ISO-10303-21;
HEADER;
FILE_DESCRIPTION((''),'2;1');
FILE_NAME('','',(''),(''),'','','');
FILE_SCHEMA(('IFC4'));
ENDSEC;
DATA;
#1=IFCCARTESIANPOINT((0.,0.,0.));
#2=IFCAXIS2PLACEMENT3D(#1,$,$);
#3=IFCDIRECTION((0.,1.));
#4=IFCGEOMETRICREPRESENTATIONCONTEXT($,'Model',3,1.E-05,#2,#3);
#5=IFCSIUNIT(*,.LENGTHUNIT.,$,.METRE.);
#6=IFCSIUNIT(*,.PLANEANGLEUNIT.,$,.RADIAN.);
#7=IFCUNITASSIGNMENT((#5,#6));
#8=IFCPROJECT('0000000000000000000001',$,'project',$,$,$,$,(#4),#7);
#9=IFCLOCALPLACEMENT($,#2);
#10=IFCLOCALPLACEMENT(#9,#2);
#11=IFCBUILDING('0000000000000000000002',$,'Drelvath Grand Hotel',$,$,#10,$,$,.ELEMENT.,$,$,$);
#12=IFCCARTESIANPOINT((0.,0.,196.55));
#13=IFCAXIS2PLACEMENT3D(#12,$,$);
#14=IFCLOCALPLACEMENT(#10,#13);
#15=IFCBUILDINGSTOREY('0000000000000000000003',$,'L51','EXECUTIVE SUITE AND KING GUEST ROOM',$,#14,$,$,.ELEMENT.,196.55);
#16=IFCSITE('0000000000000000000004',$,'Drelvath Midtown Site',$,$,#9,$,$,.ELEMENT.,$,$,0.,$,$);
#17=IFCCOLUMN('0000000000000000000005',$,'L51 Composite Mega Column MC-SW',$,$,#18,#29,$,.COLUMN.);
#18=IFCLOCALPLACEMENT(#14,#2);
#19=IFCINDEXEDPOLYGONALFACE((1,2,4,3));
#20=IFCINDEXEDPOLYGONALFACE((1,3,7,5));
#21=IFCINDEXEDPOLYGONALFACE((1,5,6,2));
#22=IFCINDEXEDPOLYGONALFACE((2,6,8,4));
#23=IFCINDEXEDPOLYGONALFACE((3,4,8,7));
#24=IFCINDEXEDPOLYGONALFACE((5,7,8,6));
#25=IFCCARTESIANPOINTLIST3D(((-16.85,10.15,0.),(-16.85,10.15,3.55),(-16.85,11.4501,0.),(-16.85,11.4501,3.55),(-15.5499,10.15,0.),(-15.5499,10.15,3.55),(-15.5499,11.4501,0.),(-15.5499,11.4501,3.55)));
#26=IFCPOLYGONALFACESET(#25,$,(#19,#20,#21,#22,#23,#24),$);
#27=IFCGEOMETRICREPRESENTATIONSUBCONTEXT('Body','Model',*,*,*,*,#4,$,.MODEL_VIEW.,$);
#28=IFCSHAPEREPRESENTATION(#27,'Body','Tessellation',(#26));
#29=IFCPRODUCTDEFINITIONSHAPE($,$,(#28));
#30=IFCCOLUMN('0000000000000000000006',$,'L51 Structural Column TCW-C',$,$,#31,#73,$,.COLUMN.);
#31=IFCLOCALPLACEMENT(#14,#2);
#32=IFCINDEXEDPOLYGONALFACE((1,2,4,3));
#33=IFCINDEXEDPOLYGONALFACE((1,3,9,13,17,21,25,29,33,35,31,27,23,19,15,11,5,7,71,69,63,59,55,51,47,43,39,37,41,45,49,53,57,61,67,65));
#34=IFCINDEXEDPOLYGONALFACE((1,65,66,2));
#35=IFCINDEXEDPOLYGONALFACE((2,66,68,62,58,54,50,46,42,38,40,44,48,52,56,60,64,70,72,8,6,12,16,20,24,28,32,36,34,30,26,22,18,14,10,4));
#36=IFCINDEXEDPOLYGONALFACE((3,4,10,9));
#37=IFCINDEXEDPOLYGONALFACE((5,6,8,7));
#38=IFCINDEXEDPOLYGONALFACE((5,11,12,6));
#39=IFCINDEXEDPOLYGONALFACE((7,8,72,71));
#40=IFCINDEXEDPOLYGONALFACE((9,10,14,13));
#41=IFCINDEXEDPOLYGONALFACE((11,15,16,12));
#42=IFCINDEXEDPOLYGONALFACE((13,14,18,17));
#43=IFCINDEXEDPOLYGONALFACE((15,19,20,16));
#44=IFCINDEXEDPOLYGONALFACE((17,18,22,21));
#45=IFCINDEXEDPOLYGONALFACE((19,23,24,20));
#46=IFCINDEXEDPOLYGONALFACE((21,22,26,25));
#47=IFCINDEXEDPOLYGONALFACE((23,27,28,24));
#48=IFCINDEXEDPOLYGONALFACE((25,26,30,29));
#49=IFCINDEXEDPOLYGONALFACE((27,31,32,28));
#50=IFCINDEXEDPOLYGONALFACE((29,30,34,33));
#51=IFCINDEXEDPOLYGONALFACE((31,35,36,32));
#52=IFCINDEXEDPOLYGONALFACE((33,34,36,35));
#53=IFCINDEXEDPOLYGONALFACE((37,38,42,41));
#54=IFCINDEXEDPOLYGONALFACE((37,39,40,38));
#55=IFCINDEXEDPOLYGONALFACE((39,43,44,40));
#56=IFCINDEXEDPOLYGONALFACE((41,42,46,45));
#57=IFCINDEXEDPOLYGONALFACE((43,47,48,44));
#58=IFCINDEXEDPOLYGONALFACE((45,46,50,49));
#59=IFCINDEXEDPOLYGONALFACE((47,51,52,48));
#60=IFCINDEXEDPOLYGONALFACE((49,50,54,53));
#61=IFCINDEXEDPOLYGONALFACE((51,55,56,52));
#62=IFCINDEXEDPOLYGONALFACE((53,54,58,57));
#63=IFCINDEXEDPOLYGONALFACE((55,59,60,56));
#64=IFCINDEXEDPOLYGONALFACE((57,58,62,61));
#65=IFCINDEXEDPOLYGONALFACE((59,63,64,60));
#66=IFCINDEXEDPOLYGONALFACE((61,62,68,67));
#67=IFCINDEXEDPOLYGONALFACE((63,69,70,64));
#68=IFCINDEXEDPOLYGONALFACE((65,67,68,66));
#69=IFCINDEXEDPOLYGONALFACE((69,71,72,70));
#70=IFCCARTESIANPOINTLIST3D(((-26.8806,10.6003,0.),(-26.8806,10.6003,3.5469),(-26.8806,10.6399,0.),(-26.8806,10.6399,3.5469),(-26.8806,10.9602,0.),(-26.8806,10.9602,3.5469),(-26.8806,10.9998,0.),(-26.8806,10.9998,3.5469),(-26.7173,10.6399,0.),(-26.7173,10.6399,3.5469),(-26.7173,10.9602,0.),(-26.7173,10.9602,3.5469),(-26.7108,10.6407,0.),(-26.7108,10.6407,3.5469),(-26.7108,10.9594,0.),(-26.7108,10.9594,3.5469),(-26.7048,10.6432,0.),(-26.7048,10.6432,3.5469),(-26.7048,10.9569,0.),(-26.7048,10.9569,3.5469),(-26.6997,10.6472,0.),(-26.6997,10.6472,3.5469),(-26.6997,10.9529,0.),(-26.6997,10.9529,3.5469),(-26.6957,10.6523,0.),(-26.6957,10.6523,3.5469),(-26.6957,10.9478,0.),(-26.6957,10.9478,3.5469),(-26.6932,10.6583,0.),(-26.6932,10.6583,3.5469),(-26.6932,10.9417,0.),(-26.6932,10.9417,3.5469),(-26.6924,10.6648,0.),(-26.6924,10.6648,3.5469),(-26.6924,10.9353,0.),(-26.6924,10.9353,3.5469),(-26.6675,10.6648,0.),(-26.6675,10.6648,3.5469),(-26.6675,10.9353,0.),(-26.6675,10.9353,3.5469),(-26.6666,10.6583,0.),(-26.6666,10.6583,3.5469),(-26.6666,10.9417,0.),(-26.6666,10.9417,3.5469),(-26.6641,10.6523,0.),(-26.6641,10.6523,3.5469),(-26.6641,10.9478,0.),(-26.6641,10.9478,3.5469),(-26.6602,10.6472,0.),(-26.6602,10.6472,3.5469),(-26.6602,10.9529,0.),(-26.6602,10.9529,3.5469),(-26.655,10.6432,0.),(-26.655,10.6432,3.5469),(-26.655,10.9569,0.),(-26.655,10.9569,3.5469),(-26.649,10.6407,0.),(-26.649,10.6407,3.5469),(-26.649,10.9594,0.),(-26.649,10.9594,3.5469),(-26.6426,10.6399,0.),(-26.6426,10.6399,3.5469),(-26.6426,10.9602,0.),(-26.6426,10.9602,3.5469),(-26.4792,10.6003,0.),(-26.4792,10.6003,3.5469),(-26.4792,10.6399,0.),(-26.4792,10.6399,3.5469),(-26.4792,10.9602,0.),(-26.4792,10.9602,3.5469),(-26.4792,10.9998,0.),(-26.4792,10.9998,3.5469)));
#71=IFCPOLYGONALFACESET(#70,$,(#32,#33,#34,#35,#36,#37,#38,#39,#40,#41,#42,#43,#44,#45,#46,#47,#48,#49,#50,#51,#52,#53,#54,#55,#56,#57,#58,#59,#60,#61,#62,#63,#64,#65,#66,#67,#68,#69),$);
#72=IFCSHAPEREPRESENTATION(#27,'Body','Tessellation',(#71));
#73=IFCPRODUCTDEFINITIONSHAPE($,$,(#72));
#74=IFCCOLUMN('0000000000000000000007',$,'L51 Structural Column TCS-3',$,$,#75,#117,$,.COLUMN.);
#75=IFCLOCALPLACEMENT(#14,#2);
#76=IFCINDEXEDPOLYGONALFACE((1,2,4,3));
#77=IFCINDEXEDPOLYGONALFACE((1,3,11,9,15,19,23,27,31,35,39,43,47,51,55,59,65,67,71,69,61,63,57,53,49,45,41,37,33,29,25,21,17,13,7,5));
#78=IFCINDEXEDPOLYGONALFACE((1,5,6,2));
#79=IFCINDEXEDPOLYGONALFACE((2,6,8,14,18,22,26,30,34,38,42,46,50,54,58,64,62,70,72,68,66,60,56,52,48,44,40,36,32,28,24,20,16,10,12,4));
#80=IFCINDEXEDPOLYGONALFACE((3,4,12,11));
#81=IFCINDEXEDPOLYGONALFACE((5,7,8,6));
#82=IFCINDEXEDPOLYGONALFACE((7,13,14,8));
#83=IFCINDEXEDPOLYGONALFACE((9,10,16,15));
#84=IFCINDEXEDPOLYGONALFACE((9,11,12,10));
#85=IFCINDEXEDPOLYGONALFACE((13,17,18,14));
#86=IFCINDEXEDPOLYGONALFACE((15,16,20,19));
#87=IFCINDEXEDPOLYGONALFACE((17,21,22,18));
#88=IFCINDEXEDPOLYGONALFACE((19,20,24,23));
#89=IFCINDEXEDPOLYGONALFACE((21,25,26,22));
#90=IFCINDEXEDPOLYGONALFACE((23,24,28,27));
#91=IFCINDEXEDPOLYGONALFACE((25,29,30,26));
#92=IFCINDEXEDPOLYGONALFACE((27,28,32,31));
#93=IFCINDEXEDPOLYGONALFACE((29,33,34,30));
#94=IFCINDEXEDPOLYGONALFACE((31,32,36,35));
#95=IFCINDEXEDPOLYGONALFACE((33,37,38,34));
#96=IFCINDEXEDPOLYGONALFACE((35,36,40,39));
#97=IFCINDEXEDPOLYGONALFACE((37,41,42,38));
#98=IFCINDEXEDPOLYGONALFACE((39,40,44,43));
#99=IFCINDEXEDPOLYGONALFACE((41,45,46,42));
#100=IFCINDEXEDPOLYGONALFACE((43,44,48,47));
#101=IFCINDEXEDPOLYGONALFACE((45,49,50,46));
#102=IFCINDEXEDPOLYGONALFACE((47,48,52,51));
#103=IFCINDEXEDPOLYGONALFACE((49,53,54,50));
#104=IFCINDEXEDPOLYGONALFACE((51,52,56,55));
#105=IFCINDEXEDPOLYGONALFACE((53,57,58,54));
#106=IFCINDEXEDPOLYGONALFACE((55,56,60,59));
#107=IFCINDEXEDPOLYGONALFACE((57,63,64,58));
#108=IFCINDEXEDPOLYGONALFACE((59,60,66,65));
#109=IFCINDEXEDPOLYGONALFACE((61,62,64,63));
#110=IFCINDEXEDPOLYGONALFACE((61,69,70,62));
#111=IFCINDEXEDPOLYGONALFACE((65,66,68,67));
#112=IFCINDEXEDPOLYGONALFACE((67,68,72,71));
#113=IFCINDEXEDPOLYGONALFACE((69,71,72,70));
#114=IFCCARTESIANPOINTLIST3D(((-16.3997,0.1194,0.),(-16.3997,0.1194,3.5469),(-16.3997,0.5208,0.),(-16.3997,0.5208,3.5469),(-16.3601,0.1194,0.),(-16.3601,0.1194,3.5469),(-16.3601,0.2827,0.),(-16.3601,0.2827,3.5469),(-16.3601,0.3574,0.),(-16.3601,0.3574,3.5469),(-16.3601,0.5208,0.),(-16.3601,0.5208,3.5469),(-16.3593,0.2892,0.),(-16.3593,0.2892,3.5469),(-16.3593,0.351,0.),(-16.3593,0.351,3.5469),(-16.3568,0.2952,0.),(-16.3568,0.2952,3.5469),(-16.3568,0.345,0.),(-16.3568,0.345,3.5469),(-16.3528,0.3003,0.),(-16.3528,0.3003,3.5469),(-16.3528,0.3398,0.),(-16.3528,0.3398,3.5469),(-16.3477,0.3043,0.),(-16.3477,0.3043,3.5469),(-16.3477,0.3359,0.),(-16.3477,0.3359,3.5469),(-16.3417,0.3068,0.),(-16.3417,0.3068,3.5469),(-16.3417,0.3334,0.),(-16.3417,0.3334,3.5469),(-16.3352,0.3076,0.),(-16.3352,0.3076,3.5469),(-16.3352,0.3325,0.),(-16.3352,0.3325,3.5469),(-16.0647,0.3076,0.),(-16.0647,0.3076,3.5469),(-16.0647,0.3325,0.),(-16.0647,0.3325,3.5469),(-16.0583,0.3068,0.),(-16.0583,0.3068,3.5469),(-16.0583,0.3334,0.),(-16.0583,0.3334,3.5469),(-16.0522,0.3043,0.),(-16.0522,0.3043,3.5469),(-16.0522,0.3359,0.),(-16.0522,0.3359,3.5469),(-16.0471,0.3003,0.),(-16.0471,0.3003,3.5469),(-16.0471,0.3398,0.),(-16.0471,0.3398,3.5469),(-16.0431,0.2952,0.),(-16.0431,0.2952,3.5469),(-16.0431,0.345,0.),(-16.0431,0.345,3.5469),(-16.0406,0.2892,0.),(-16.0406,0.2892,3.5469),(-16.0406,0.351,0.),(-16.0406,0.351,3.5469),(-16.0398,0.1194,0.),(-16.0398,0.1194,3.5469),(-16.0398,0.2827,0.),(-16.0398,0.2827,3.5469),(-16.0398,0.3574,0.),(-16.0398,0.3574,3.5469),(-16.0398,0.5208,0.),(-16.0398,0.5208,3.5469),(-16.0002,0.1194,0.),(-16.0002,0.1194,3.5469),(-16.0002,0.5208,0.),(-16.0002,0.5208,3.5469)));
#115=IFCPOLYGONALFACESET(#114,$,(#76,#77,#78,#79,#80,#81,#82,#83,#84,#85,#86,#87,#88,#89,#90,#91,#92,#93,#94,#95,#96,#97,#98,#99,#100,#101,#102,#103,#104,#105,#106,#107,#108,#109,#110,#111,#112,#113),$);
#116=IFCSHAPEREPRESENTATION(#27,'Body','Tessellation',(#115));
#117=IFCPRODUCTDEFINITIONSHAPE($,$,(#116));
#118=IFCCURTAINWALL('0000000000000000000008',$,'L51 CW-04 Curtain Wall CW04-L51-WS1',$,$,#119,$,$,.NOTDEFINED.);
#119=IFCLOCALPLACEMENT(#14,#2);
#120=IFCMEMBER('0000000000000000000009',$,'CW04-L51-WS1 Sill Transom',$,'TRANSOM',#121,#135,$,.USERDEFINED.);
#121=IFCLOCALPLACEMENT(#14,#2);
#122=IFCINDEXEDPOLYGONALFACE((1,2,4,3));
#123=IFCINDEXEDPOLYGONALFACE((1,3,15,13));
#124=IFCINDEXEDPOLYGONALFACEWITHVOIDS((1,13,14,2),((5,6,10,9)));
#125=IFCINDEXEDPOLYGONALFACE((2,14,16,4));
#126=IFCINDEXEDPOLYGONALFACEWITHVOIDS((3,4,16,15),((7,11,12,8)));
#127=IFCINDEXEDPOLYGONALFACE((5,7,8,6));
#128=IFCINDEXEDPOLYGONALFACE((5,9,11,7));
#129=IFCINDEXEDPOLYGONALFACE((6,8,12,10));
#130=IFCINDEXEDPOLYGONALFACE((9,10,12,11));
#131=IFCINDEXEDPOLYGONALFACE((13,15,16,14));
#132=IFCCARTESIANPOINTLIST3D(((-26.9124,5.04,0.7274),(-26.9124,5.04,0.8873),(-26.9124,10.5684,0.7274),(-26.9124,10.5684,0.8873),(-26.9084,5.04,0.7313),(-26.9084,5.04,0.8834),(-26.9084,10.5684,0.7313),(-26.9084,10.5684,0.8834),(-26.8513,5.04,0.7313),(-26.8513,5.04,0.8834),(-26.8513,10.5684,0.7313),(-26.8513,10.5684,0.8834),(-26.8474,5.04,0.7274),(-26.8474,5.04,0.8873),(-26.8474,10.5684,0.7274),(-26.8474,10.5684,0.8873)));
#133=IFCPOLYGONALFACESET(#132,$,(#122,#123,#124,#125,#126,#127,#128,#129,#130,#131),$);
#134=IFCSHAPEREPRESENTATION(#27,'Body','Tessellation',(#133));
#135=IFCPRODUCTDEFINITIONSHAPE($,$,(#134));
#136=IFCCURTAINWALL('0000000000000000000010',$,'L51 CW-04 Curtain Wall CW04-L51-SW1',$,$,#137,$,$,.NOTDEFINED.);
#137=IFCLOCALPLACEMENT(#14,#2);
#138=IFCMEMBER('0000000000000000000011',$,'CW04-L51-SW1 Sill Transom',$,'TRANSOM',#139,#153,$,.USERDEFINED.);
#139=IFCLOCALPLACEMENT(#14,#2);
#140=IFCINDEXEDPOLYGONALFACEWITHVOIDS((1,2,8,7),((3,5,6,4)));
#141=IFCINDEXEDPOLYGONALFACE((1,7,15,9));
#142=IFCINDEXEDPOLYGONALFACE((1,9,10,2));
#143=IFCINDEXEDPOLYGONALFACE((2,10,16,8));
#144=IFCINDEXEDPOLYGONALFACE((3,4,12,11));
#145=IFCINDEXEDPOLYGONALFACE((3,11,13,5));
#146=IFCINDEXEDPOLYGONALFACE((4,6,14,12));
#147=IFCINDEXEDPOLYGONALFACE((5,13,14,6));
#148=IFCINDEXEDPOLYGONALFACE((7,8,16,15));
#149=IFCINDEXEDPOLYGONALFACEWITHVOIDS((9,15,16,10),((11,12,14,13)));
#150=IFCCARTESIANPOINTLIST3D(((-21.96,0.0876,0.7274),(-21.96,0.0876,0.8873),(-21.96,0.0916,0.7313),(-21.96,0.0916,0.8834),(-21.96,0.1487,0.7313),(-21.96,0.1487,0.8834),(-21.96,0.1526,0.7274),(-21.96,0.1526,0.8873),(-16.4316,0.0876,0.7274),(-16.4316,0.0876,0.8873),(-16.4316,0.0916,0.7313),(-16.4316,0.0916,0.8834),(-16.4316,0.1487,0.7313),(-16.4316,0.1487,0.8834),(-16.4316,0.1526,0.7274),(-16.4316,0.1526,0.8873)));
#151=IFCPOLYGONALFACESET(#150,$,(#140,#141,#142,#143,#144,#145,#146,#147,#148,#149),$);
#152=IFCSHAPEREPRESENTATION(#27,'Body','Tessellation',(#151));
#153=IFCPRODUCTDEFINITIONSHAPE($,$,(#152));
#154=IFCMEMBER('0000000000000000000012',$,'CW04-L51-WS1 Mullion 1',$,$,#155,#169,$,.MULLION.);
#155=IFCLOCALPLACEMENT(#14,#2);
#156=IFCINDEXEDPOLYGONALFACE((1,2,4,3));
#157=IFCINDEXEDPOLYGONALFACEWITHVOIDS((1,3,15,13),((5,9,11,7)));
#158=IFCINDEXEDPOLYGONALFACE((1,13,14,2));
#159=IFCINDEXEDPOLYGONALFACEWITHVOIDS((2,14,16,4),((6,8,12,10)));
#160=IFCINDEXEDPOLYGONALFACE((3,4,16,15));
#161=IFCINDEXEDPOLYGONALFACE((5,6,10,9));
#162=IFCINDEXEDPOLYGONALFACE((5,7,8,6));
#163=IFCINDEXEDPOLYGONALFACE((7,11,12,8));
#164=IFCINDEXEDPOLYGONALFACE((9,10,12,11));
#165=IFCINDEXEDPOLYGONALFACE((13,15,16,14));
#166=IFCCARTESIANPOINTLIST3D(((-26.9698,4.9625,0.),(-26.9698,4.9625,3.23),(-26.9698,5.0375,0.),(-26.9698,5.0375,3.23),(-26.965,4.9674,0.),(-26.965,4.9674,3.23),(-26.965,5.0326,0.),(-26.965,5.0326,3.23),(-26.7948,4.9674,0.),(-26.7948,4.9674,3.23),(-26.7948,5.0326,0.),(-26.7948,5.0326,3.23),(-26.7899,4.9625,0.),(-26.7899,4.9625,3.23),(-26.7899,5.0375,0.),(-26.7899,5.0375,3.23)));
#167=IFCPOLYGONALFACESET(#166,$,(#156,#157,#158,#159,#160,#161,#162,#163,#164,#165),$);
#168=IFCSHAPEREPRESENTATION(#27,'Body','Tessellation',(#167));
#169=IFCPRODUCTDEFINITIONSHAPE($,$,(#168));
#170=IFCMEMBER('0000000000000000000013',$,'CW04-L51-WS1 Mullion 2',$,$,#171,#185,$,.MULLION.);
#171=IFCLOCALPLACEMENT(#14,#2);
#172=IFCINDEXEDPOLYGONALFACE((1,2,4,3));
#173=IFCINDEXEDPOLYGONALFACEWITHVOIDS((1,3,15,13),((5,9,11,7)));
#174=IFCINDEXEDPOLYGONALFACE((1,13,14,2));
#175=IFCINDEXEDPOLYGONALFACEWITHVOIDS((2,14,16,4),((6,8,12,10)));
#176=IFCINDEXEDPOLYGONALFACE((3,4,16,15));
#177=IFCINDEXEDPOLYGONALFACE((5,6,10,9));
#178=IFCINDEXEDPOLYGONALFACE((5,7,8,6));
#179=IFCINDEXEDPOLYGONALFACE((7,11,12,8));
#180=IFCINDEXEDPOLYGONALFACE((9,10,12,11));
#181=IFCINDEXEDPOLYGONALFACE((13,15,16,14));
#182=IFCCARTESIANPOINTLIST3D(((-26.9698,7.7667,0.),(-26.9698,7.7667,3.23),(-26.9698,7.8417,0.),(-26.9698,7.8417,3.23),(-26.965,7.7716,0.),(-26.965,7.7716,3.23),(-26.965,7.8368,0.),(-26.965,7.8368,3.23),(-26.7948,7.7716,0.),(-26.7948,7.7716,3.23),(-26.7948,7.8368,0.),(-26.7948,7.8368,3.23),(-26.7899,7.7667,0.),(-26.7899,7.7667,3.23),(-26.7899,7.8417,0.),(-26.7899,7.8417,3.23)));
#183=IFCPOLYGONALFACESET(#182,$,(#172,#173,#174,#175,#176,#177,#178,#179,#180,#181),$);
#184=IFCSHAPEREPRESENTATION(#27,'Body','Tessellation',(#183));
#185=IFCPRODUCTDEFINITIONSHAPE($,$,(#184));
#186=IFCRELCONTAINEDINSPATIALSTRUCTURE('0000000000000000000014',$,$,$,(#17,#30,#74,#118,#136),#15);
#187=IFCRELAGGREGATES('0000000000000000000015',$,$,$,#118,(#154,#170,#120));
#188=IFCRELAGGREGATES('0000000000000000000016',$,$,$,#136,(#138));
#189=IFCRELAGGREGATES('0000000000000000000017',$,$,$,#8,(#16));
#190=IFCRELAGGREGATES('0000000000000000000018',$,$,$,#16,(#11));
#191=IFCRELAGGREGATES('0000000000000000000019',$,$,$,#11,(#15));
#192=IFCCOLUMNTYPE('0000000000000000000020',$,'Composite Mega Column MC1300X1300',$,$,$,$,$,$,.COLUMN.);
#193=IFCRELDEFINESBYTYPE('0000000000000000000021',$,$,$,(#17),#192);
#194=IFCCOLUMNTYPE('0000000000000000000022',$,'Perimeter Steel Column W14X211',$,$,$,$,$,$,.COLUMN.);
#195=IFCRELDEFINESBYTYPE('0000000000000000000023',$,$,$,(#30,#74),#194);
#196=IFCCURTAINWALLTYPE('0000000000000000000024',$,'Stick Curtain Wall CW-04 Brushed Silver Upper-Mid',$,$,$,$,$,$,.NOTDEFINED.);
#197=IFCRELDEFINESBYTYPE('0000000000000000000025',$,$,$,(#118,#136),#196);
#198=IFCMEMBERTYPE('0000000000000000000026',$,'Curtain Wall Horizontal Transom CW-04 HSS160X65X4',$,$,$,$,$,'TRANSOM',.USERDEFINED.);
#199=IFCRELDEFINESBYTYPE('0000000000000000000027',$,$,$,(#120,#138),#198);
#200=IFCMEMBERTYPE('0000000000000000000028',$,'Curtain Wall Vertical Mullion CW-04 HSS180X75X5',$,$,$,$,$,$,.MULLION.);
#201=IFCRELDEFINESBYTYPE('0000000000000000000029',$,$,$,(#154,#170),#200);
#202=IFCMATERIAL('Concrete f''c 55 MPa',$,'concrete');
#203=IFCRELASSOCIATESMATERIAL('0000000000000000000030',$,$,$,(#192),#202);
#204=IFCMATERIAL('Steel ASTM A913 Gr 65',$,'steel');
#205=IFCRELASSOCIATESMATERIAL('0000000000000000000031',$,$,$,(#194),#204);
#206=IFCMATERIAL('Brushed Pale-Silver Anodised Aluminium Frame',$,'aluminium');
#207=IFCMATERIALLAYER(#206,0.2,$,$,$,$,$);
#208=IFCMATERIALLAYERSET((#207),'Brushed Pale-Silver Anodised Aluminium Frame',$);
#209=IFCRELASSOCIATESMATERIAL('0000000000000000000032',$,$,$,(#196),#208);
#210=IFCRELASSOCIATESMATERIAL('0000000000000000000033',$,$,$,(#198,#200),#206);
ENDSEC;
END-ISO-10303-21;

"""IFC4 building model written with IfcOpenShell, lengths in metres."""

from ifc_helpers import new_model, si_unit, direction, frame, origin, origin_2d, place, context, subcontext, project, spatial, rectangle, hollow_rectangle, i_section, extrude, material, layer, layer_set, material_profile, profile_set, type_object, element, aggregate, save


model = new_model("IFC4")

# Units and contexts
model_context = context("Model", 3, precision=1e-05, world=origin(), true_north=direction((0.0, 1.0)))
body_context = subcontext(model_context, "Body", "Model", "MODEL_VIEW")
ifc_project = project(units=[si_unit("LENGTHUNIT", "METRE"), si_unit("PLANEANGLEUNIT", "RADIAN")], contexts=[model_context])

# Site, building, storey
site_placement = place(None, origin())
site = spatial("IfcSite", under=ifc_project, at=site_placement, Name="Drelvath Midtown Site", CompositionType="ELEMENT", RefElevation=0.0)
building_placement = place(site_placement, origin())
building = spatial("IfcBuilding", under=site, at=building_placement, Name="Drelvath Grand Hotel", CompositionType="ELEMENT")
storey_placement = place(building_placement, frame((0.0, 0.0, 196.55)))
storey = spatial("IfcBuildingStorey", under=building, at=storey_placement, Name="L51", Description="EXECUTIVE SUITE AND KING GUEST ROOM", CompositionType="ELEMENT", Elevation=196.55)

# Columns
ifc_material_1 = material(Name="Concrete f'c 55 MPa", Category="concrete")
ifc_material_profile_1 = material_profile(ifc_material_1, rectangle(XDim=1.3, YDim=1.3, at=origin_2d()), Name="MC1300X1300")
ifc_profile_set_1 = profile_set([ifc_material_profile_1], Name="Concrete f'c 55 MPa")
column_type_1 = type_object("IfcColumnType", Name="Composite Mega Column MC1300X1300", PredefinedType="COLUMN", material=ifc_profile_set_1)
column_placement = place(storey_placement, frame((-16.2, 10.8, 0.0), z_axis=(0.0, 0.0, 1.0), x_axis=(1.0, 0.0, 0.0)))
element("IfcColumn", 1, at=column_placement, inside=storey, type_object=column_type_1, Name="L51 Composite Mega Column MC-SW", PredefinedType="COLUMN", context=body_context, shape_type="SweptSolid", body=[
    extrude(rectangle(XDim=1.3, YDim=1.3, at=origin_2d()), origin(), (0.0, 0.0, 1.0), 3.55),
])
ifc_material_2 = material(Name="Steel ASTM A913 Gr 65", Category="steel")
ifc_material_profile_2 = material_profile(ifc_material_2, i_section(OverallWidth=0.4014, OverallDepth=0.3994, WebThickness=0.0249, FlangeThickness=0.0396, FilletRadius=0.0249, at=origin_2d()), Name="W14X211")
ifc_profile_set_2 = profile_set([ifc_material_profile_2], Name="Steel ASTM A913 Gr 65")
column_type_2 = type_object("IfcColumnType", Name="Perimeter Steel Column W14X211", PredefinedType="COLUMN", material=ifc_profile_set_2)
for number, where, z_axis, x_axis, name in (
    (2, (-26.6799, 10.8, 0.0), (0.0, 0.0, 1.0), (1.0, 0.0, 0.0), "L51 Structural Column TCW-C"),
    (3, (-16.2, 0.3201, 0.0), (0.0, 0.0, 1.0), (0.0, 1.0, 0.0), "L51 Structural Column TCS-3"),
):
    element("IfcColumn", number, at=place(storey_placement, frame(where, z_axis=z_axis, x_axis=x_axis)), inside=storey, type_object=column_type_2, Name=name, PredefinedType="COLUMN", context=body_context, shape_type="SweptSolid", body=[
        extrude(i_section(OverallWidth=0.4014, OverallDepth=0.3994, WebThickness=0.0249, FlangeThickness=0.0396, FilletRadius=0.0249, at=origin_2d()), origin(), (0.0, 0.0, 1.0), 3.5469),
    ])

# Curtain walls, members
ifc_material_3 = material(Name="Brushed Pale-Silver Anodised Aluminium Frame", Category="aluminium")
ifc_layer_1 = layer(ifc_material_3, 0.2)
ifc_layer_set_1 = layer_set([ifc_layer_1], Name="Brushed Pale-Silver Anodised Aluminium Frame")
curtain_wall_type = type_object("IfcCurtainWallType", Name="Stick Curtain Wall CW-04 Brushed Silver Upper-Mid", PredefinedType="NOTDEFINED", material=ifc_layer_set_1)
curtain_wall_1_placement = place(storey_placement, origin())
curtain_wall_1 = element("IfcCurtainWall", 4, at=curtain_wall_1_placement, inside=storey, type_object=curtain_wall_type, Name="L51 CW-04 Curtain Wall CW04-L51-WS1", PredefinedType="NOTDEFINED")
ifc_material_profile_3 = material_profile(ifc_material_3, hollow_rectangle(XDim=0.0649, YDim=0.1599, WallThickness=0.0039, at=origin_2d()), Name="HSS160X65X4")
ifc_profile_set_3 = profile_set([ifc_material_profile_3], Name="Brushed Pale-Silver Anodised Aluminium Frame")
member_type_1 = type_object("IfcMemberType", Name="Curtain Wall Horizontal Transom CW-04 HSS160X65X4", ElementType="TRANSOM", PredefinedType="USERDEFINED", material=ifc_profile_set_3)
member_1_placement = place(storey_placement, frame((-26.8799, 5.04, 0.8074), z_axis=(0.0, 1.0, 0.0), x_axis=(-1.0, 0.0, 0.0)))
member_1 = element("IfcMember", 5, at=member_1_placement, type_object=member_type_1, Name="CW04-L51-WS1 Sill Transom", ObjectType="TRANSOM", PredefinedType="USERDEFINED", context=body_context, shape_type="SweptSolid", body=[
    extrude(hollow_rectangle(XDim=0.0649, YDim=0.1599, WallThickness=0.0039, at=origin_2d()), origin(), (0.0, 0.0, 1.0), 5.5283),
])
curtain_wall_2_placement = place(storey_placement, origin())
curtain_wall_2 = element("IfcCurtainWall", 6, at=curtain_wall_2_placement, inside=storey, type_object=curtain_wall_type, Name="L51 CW-04 Curtain Wall CW04-L51-SW1", PredefinedType="NOTDEFINED")
member_2_placement = place(storey_placement, frame((-16.4316, 0.1201, 0.8074), z_axis=(-1.0, 0.0, 0.0), x_axis=(0.0, -1.0, 0.0)))
member_2 = element("IfcMember", 7, at=member_2_placement, type_object=member_type_1, Name="CW04-L51-SW1 Sill Transom", ObjectType="TRANSOM", PredefinedType="USERDEFINED", context=body_context, shape_type="SweptSolid", body=[
    extrude(hollow_rectangle(XDim=0.0649, YDim=0.1599, WallThickness=0.0039, at=origin_2d()), origin(), (0.0, 0.0, 1.0), 5.5283),
])

# Members
ifc_material_profile_4 = material_profile(ifc_material_3, hollow_rectangle(XDim=0.075, YDim=0.1799, WallThickness=0.0049, at=origin_2d()), Name="HSS180X75X5")
ifc_profile_set_4 = profile_set([ifc_material_profile_4], Name="Brushed Pale-Silver Anodised Aluminium Frame")
member_type_2 = type_object("IfcMemberType", Name="Curtain Wall Vertical Mullion CW-04 HSS180X75X5", PredefinedType="MULLION", material=ifc_profile_set_4)
member_3_placement = place(storey_placement, frame((-26.8799, 5.0, 0.0), z_axis=(0.0, 0.0, 1.0), x_axis=(0.0, 1.0, 0.0)))
member_3 = element("IfcMember", 8, at=member_3_placement, type_object=member_type_2, Name="CW04-L51-WS1 Mullion 1", PredefinedType="MULLION", context=body_context, shape_type="SweptSolid", body=[
    extrude(hollow_rectangle(XDim=0.075, YDim=0.1799, WallThickness=0.0049, at=origin_2d()), origin(), (0.0, 0.0, 1.0), 3.23),
])
member_4_placement = place(storey_placement, frame((-26.8799, 7.8042, 0.0), z_axis=(0.0, 0.0, 1.0), x_axis=(0.0, 1.0, 0.0)))
member_4 = element("IfcMember", 9, at=member_4_placement, type_object=member_type_2, Name="CW04-L51-WS1 Mullion 2", PredefinedType="MULLION", context=body_context, shape_type="SweptSolid", body=[
    extrude(hollow_rectangle(XDim=0.075, YDim=0.1799, WallThickness=0.0049, at=origin_2d()), origin(), (0.0, 0.0, 1.0), 3.23),
])

aggregate(curtain_wall_1, [member_3, member_4, member_1])
aggregate(curtain_wall_2, [member_2])

save(model, "model.ifc")
